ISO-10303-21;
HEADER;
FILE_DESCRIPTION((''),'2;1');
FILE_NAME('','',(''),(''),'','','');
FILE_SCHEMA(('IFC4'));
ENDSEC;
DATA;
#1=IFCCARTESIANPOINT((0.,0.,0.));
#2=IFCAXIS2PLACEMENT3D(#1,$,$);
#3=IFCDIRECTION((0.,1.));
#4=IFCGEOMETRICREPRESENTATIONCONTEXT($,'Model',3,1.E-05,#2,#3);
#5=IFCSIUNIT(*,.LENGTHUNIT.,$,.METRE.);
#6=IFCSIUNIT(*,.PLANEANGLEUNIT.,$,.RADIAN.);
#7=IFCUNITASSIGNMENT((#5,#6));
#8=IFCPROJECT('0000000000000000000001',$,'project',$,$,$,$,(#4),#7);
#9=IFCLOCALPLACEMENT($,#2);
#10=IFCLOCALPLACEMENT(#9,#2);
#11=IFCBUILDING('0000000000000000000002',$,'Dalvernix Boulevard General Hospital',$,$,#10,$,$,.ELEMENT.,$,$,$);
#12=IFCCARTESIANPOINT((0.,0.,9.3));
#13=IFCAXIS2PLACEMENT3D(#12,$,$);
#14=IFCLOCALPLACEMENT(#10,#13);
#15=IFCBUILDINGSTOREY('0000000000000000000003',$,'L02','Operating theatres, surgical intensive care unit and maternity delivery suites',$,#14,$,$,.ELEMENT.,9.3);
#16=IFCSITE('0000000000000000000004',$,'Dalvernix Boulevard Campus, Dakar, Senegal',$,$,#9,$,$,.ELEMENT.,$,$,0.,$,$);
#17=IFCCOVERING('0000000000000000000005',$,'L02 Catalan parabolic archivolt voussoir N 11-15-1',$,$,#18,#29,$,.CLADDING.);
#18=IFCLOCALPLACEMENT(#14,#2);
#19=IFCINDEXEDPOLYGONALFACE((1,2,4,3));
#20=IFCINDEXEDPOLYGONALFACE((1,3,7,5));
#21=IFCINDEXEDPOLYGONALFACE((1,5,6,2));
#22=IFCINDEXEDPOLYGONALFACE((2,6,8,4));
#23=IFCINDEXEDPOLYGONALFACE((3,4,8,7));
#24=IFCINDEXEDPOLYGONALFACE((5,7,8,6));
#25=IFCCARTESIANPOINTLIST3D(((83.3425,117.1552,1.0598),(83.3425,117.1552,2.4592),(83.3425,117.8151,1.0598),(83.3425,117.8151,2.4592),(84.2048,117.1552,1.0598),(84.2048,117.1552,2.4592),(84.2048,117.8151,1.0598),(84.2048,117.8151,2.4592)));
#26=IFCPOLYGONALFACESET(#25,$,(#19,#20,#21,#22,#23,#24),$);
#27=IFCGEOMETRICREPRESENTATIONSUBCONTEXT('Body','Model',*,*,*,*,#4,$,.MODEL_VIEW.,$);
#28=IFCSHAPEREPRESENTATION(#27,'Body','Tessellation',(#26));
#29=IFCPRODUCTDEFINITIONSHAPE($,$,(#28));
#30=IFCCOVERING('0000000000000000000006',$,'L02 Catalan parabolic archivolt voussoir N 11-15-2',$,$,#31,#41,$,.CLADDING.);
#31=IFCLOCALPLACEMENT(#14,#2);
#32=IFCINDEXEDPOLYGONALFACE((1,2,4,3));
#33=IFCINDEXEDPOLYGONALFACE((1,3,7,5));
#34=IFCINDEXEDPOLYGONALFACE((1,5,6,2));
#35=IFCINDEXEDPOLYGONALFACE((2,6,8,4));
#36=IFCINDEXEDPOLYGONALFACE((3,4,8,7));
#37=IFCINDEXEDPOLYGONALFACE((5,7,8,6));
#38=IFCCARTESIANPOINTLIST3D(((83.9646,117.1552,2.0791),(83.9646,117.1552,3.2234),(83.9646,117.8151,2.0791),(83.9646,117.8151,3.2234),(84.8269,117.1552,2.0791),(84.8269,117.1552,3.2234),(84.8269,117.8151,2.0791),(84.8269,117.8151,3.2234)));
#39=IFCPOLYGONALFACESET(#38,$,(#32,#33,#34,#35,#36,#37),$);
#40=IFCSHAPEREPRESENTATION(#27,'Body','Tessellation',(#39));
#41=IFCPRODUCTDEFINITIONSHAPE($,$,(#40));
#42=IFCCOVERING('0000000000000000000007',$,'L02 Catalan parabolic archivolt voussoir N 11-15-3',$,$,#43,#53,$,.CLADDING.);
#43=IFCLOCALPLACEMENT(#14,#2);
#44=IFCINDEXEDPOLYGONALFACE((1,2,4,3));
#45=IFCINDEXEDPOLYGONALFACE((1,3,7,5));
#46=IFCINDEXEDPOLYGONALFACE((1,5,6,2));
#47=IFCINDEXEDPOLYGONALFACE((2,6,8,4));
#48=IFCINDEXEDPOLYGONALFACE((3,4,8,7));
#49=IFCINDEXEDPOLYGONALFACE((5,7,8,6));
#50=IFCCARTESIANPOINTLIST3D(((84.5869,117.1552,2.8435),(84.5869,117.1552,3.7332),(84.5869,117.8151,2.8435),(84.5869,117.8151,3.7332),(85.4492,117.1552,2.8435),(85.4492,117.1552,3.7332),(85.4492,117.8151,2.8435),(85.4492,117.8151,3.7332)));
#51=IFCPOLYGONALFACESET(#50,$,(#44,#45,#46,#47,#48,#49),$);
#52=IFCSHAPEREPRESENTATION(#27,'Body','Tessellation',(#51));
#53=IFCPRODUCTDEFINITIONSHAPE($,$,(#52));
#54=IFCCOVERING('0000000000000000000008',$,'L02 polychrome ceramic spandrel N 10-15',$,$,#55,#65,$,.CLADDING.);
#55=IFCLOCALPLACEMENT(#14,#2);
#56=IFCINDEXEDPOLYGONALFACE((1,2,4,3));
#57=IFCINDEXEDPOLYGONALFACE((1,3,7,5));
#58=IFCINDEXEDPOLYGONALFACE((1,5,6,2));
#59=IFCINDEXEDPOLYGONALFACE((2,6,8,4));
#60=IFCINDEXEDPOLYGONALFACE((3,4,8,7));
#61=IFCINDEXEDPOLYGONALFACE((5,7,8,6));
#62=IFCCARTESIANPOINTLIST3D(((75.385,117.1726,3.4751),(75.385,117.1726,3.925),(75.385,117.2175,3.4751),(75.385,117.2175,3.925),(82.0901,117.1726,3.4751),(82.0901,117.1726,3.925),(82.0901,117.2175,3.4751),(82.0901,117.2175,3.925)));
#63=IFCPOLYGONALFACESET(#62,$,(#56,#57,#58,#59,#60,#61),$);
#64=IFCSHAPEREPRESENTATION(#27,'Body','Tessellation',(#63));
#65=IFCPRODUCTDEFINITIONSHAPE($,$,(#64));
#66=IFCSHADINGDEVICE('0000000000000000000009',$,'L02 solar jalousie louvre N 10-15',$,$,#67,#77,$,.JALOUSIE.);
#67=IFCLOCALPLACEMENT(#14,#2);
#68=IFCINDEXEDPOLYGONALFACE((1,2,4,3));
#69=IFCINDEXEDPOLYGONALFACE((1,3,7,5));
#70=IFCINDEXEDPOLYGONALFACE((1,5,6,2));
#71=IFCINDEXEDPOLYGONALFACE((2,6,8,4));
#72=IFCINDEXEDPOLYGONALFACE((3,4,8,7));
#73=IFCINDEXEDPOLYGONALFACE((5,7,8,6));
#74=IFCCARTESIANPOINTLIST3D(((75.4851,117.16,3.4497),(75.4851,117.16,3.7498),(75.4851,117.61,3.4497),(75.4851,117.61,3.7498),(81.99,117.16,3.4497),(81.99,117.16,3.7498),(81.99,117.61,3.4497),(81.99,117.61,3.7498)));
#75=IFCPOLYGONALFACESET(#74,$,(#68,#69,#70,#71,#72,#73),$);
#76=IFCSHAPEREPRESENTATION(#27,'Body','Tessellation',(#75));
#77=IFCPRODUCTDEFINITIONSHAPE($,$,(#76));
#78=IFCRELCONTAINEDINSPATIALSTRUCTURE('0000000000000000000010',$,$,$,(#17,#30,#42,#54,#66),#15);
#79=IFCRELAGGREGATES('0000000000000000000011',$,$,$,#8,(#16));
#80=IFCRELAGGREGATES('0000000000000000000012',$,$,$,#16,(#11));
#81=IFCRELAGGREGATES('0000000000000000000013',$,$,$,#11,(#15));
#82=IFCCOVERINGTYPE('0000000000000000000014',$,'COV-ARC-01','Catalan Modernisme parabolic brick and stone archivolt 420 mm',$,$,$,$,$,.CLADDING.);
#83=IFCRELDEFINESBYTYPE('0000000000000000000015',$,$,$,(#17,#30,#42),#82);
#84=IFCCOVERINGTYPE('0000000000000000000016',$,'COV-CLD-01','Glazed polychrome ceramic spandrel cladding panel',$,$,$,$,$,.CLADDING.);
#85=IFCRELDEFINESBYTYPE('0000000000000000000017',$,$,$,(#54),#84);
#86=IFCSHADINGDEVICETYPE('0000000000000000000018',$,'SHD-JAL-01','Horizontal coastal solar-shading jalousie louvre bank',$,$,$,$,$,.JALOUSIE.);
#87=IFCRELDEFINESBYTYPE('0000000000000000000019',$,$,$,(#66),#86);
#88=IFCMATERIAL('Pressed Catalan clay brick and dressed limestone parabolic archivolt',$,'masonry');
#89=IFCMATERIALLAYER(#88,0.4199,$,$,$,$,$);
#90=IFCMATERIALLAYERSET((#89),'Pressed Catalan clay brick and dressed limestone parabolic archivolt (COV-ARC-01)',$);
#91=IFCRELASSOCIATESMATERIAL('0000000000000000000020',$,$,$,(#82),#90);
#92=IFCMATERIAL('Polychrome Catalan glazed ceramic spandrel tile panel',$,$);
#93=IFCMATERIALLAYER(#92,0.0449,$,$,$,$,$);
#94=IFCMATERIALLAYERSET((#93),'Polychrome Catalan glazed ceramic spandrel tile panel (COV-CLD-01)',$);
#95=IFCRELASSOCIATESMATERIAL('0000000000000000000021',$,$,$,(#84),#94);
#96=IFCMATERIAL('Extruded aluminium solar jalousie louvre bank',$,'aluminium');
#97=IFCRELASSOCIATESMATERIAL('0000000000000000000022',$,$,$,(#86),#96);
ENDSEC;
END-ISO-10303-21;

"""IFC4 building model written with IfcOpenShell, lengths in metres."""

from ifc_helpers import new_model, si_unit, direction, frame, origin, origin_2d, place, context, subcontext, project, spatial, rectangle, extrude, material, layer, layer_set, type_object, element, save


model = new_model("IFC4")

# Units and contexts
model_context = context("Model", 3, precision=1e-05, world=origin(), true_north=direction((0.0, 1.0)))
body_context = subcontext(model_context, "Body", "Model", "MODEL_VIEW")
ifc_project = project(units=[si_unit("LENGTHUNIT", "METRE"), si_unit("PLANEANGLEUNIT", "RADIAN")], contexts=[model_context])

# Site, building, storey
site_placement = place(None, origin())
site = spatial("IfcSite", under=ifc_project, at=site_placement, Name="Dalvernix Boulevard Campus, Dakar, Senegal", CompositionType="ELEMENT", RefElevation=0.0)
building_placement = place(site_placement, origin())
building = spatial("IfcBuilding", under=site, at=building_placement, Name="Dalvernix Boulevard General Hospital", CompositionType="ELEMENT")
storey_placement = place(building_placement, frame((0.0, 0.0, 9.3)))
storey = spatial("IfcBuildingStorey", under=building, at=storey_placement, Name="L02", Description="Operating theatres, surgical intensive care unit and maternity delivery suites", CompositionType="ELEMENT", Elevation=9.3)

# Coverings
ifc_material_1 = material(Name="Pressed Catalan clay brick and dressed limestone parabolic archivolt", Category="masonry")
ifc_layer_1 = layer(ifc_material_1, 0.4199)
ifc_layer_set_1 = layer_set([ifc_layer_1], Name="Pressed Catalan clay brick and dressed limestone parabolic archivolt (COV-ARC-01)")
covering_type_1 = type_object("IfcCoveringType", Name="COV-ARC-01", Description="Catalan Modernisme parabolic brick and stone archivolt 420 mm", PredefinedType="CLADDING", material=ifc_layer_set_1)
covering_1_placement = place(storey_placement, frame((83.7737, 117.4851, 1.0598), z_axis=(0.0, 0.0, 1.0), x_axis=(1.0, 0.0, 0.0)))
element("IfcCovering", 1, at=covering_1_placement, inside=storey, type_object=covering_type_1, Name="L02 Catalan parabolic archivolt voussoir N 11-15-1", PredefinedType="CLADDING", context=body_context, shape_type="SweptSolid", body=[
    extrude(rectangle(XDim=0.8623, YDim=0.6599, at=origin_2d()), origin(), (0.0, 0.0, 1.0), 1.3994),
])
covering_2_placement = place(storey_placement, frame((84.3958, 117.4851, 2.0791), z_axis=(0.0, 0.0, 1.0), x_axis=(1.0, 0.0, 0.0)))
element("IfcCovering", 2, at=covering_2_placement, inside=storey, type_object=covering_type_1, Name="L02 Catalan parabolic archivolt voussoir N 11-15-2", PredefinedType="CLADDING", context=body_context, shape_type="SweptSolid", body=[
    extrude(rectangle(XDim=0.8623, YDim=0.6599, at=origin_2d()), origin(), (0.0, 0.0, 1.0), 1.1443),
])
covering_3_placement = place(storey_placement, frame((85.0181, 117.4851, 2.8435), z_axis=(0.0, 0.0, 1.0), x_axis=(1.0, 0.0, 0.0)))
element("IfcCovering", 3, at=covering_3_placement, inside=storey, type_object=covering_type_1, Name="L02 Catalan parabolic archivolt voussoir N 11-15-3", PredefinedType="CLADDING", context=body_context, shape_type="SweptSolid", body=[
    extrude(rectangle(XDim=0.8623, YDim=0.6599, at=origin_2d()), origin(), (0.0, 0.0, 1.0), 0.8896),
])
ifc_material_2 = material(Name="Polychrome Catalan glazed ceramic spandrel tile panel")
ifc_layer_2 = layer(ifc_material_2, 0.0449)
ifc_layer_set_2 = layer_set([ifc_layer_2], Name="Polychrome Catalan glazed ceramic spandrel tile panel (COV-CLD-01)")
covering_type_2 = type_object("IfcCoveringType", Name="COV-CLD-01", Description="Glazed polychrome ceramic spandrel cladding panel", PredefinedType="CLADDING", material=ifc_layer_set_2)
covering_4_placement = place(storey_placement, frame((78.7375, 117.1951, 3.4751), z_axis=(0.0, 0.0, 1.0), x_axis=(1.0, 0.0, 0.0)))
element("IfcCovering", 4, at=covering_4_placement, inside=storey, type_object=covering_type_2, Name="L02 polychrome ceramic spandrel N 10-15", PredefinedType="CLADDING", context=body_context, shape_type="SweptSolid", body=[
    extrude(rectangle(XDim=6.7051, YDim=0.0449, at=origin_2d()), origin(), (0.0, 0.0, 1.0), 0.45),
])

# Shading device
ifc_material_3 = material(Name="Extruded aluminium solar jalousie louvre bank", Category="aluminium")
shading_device_type = type_object("IfcShadingDeviceType", Name="SHD-JAL-01", Description="Horizontal coastal solar-shading jalousie louvre bank", PredefinedType="JALOUSIE", material=ifc_material_3)
shading_device_placement = place(storey_placement, frame((78.7375, 117.385, 3.4497), z_axis=(0.0, 0.0, 1.0), x_axis=(1.0, 0.0, 0.0)))
element("IfcShadingDevice", 5, at=shading_device_placement, inside=storey, type_object=shading_device_type, Name="L02 solar jalousie louvre N 10-15", PredefinedType="JALOUSIE", context=body_context, shape_type="SweptSolid", body=[
    extrude(rectangle(XDim=6.5049, YDim=0.45, at=origin_2d()), origin(), (0.0, 0.0, 1.0), 0.3),
])

save(model, "model.ifc")
